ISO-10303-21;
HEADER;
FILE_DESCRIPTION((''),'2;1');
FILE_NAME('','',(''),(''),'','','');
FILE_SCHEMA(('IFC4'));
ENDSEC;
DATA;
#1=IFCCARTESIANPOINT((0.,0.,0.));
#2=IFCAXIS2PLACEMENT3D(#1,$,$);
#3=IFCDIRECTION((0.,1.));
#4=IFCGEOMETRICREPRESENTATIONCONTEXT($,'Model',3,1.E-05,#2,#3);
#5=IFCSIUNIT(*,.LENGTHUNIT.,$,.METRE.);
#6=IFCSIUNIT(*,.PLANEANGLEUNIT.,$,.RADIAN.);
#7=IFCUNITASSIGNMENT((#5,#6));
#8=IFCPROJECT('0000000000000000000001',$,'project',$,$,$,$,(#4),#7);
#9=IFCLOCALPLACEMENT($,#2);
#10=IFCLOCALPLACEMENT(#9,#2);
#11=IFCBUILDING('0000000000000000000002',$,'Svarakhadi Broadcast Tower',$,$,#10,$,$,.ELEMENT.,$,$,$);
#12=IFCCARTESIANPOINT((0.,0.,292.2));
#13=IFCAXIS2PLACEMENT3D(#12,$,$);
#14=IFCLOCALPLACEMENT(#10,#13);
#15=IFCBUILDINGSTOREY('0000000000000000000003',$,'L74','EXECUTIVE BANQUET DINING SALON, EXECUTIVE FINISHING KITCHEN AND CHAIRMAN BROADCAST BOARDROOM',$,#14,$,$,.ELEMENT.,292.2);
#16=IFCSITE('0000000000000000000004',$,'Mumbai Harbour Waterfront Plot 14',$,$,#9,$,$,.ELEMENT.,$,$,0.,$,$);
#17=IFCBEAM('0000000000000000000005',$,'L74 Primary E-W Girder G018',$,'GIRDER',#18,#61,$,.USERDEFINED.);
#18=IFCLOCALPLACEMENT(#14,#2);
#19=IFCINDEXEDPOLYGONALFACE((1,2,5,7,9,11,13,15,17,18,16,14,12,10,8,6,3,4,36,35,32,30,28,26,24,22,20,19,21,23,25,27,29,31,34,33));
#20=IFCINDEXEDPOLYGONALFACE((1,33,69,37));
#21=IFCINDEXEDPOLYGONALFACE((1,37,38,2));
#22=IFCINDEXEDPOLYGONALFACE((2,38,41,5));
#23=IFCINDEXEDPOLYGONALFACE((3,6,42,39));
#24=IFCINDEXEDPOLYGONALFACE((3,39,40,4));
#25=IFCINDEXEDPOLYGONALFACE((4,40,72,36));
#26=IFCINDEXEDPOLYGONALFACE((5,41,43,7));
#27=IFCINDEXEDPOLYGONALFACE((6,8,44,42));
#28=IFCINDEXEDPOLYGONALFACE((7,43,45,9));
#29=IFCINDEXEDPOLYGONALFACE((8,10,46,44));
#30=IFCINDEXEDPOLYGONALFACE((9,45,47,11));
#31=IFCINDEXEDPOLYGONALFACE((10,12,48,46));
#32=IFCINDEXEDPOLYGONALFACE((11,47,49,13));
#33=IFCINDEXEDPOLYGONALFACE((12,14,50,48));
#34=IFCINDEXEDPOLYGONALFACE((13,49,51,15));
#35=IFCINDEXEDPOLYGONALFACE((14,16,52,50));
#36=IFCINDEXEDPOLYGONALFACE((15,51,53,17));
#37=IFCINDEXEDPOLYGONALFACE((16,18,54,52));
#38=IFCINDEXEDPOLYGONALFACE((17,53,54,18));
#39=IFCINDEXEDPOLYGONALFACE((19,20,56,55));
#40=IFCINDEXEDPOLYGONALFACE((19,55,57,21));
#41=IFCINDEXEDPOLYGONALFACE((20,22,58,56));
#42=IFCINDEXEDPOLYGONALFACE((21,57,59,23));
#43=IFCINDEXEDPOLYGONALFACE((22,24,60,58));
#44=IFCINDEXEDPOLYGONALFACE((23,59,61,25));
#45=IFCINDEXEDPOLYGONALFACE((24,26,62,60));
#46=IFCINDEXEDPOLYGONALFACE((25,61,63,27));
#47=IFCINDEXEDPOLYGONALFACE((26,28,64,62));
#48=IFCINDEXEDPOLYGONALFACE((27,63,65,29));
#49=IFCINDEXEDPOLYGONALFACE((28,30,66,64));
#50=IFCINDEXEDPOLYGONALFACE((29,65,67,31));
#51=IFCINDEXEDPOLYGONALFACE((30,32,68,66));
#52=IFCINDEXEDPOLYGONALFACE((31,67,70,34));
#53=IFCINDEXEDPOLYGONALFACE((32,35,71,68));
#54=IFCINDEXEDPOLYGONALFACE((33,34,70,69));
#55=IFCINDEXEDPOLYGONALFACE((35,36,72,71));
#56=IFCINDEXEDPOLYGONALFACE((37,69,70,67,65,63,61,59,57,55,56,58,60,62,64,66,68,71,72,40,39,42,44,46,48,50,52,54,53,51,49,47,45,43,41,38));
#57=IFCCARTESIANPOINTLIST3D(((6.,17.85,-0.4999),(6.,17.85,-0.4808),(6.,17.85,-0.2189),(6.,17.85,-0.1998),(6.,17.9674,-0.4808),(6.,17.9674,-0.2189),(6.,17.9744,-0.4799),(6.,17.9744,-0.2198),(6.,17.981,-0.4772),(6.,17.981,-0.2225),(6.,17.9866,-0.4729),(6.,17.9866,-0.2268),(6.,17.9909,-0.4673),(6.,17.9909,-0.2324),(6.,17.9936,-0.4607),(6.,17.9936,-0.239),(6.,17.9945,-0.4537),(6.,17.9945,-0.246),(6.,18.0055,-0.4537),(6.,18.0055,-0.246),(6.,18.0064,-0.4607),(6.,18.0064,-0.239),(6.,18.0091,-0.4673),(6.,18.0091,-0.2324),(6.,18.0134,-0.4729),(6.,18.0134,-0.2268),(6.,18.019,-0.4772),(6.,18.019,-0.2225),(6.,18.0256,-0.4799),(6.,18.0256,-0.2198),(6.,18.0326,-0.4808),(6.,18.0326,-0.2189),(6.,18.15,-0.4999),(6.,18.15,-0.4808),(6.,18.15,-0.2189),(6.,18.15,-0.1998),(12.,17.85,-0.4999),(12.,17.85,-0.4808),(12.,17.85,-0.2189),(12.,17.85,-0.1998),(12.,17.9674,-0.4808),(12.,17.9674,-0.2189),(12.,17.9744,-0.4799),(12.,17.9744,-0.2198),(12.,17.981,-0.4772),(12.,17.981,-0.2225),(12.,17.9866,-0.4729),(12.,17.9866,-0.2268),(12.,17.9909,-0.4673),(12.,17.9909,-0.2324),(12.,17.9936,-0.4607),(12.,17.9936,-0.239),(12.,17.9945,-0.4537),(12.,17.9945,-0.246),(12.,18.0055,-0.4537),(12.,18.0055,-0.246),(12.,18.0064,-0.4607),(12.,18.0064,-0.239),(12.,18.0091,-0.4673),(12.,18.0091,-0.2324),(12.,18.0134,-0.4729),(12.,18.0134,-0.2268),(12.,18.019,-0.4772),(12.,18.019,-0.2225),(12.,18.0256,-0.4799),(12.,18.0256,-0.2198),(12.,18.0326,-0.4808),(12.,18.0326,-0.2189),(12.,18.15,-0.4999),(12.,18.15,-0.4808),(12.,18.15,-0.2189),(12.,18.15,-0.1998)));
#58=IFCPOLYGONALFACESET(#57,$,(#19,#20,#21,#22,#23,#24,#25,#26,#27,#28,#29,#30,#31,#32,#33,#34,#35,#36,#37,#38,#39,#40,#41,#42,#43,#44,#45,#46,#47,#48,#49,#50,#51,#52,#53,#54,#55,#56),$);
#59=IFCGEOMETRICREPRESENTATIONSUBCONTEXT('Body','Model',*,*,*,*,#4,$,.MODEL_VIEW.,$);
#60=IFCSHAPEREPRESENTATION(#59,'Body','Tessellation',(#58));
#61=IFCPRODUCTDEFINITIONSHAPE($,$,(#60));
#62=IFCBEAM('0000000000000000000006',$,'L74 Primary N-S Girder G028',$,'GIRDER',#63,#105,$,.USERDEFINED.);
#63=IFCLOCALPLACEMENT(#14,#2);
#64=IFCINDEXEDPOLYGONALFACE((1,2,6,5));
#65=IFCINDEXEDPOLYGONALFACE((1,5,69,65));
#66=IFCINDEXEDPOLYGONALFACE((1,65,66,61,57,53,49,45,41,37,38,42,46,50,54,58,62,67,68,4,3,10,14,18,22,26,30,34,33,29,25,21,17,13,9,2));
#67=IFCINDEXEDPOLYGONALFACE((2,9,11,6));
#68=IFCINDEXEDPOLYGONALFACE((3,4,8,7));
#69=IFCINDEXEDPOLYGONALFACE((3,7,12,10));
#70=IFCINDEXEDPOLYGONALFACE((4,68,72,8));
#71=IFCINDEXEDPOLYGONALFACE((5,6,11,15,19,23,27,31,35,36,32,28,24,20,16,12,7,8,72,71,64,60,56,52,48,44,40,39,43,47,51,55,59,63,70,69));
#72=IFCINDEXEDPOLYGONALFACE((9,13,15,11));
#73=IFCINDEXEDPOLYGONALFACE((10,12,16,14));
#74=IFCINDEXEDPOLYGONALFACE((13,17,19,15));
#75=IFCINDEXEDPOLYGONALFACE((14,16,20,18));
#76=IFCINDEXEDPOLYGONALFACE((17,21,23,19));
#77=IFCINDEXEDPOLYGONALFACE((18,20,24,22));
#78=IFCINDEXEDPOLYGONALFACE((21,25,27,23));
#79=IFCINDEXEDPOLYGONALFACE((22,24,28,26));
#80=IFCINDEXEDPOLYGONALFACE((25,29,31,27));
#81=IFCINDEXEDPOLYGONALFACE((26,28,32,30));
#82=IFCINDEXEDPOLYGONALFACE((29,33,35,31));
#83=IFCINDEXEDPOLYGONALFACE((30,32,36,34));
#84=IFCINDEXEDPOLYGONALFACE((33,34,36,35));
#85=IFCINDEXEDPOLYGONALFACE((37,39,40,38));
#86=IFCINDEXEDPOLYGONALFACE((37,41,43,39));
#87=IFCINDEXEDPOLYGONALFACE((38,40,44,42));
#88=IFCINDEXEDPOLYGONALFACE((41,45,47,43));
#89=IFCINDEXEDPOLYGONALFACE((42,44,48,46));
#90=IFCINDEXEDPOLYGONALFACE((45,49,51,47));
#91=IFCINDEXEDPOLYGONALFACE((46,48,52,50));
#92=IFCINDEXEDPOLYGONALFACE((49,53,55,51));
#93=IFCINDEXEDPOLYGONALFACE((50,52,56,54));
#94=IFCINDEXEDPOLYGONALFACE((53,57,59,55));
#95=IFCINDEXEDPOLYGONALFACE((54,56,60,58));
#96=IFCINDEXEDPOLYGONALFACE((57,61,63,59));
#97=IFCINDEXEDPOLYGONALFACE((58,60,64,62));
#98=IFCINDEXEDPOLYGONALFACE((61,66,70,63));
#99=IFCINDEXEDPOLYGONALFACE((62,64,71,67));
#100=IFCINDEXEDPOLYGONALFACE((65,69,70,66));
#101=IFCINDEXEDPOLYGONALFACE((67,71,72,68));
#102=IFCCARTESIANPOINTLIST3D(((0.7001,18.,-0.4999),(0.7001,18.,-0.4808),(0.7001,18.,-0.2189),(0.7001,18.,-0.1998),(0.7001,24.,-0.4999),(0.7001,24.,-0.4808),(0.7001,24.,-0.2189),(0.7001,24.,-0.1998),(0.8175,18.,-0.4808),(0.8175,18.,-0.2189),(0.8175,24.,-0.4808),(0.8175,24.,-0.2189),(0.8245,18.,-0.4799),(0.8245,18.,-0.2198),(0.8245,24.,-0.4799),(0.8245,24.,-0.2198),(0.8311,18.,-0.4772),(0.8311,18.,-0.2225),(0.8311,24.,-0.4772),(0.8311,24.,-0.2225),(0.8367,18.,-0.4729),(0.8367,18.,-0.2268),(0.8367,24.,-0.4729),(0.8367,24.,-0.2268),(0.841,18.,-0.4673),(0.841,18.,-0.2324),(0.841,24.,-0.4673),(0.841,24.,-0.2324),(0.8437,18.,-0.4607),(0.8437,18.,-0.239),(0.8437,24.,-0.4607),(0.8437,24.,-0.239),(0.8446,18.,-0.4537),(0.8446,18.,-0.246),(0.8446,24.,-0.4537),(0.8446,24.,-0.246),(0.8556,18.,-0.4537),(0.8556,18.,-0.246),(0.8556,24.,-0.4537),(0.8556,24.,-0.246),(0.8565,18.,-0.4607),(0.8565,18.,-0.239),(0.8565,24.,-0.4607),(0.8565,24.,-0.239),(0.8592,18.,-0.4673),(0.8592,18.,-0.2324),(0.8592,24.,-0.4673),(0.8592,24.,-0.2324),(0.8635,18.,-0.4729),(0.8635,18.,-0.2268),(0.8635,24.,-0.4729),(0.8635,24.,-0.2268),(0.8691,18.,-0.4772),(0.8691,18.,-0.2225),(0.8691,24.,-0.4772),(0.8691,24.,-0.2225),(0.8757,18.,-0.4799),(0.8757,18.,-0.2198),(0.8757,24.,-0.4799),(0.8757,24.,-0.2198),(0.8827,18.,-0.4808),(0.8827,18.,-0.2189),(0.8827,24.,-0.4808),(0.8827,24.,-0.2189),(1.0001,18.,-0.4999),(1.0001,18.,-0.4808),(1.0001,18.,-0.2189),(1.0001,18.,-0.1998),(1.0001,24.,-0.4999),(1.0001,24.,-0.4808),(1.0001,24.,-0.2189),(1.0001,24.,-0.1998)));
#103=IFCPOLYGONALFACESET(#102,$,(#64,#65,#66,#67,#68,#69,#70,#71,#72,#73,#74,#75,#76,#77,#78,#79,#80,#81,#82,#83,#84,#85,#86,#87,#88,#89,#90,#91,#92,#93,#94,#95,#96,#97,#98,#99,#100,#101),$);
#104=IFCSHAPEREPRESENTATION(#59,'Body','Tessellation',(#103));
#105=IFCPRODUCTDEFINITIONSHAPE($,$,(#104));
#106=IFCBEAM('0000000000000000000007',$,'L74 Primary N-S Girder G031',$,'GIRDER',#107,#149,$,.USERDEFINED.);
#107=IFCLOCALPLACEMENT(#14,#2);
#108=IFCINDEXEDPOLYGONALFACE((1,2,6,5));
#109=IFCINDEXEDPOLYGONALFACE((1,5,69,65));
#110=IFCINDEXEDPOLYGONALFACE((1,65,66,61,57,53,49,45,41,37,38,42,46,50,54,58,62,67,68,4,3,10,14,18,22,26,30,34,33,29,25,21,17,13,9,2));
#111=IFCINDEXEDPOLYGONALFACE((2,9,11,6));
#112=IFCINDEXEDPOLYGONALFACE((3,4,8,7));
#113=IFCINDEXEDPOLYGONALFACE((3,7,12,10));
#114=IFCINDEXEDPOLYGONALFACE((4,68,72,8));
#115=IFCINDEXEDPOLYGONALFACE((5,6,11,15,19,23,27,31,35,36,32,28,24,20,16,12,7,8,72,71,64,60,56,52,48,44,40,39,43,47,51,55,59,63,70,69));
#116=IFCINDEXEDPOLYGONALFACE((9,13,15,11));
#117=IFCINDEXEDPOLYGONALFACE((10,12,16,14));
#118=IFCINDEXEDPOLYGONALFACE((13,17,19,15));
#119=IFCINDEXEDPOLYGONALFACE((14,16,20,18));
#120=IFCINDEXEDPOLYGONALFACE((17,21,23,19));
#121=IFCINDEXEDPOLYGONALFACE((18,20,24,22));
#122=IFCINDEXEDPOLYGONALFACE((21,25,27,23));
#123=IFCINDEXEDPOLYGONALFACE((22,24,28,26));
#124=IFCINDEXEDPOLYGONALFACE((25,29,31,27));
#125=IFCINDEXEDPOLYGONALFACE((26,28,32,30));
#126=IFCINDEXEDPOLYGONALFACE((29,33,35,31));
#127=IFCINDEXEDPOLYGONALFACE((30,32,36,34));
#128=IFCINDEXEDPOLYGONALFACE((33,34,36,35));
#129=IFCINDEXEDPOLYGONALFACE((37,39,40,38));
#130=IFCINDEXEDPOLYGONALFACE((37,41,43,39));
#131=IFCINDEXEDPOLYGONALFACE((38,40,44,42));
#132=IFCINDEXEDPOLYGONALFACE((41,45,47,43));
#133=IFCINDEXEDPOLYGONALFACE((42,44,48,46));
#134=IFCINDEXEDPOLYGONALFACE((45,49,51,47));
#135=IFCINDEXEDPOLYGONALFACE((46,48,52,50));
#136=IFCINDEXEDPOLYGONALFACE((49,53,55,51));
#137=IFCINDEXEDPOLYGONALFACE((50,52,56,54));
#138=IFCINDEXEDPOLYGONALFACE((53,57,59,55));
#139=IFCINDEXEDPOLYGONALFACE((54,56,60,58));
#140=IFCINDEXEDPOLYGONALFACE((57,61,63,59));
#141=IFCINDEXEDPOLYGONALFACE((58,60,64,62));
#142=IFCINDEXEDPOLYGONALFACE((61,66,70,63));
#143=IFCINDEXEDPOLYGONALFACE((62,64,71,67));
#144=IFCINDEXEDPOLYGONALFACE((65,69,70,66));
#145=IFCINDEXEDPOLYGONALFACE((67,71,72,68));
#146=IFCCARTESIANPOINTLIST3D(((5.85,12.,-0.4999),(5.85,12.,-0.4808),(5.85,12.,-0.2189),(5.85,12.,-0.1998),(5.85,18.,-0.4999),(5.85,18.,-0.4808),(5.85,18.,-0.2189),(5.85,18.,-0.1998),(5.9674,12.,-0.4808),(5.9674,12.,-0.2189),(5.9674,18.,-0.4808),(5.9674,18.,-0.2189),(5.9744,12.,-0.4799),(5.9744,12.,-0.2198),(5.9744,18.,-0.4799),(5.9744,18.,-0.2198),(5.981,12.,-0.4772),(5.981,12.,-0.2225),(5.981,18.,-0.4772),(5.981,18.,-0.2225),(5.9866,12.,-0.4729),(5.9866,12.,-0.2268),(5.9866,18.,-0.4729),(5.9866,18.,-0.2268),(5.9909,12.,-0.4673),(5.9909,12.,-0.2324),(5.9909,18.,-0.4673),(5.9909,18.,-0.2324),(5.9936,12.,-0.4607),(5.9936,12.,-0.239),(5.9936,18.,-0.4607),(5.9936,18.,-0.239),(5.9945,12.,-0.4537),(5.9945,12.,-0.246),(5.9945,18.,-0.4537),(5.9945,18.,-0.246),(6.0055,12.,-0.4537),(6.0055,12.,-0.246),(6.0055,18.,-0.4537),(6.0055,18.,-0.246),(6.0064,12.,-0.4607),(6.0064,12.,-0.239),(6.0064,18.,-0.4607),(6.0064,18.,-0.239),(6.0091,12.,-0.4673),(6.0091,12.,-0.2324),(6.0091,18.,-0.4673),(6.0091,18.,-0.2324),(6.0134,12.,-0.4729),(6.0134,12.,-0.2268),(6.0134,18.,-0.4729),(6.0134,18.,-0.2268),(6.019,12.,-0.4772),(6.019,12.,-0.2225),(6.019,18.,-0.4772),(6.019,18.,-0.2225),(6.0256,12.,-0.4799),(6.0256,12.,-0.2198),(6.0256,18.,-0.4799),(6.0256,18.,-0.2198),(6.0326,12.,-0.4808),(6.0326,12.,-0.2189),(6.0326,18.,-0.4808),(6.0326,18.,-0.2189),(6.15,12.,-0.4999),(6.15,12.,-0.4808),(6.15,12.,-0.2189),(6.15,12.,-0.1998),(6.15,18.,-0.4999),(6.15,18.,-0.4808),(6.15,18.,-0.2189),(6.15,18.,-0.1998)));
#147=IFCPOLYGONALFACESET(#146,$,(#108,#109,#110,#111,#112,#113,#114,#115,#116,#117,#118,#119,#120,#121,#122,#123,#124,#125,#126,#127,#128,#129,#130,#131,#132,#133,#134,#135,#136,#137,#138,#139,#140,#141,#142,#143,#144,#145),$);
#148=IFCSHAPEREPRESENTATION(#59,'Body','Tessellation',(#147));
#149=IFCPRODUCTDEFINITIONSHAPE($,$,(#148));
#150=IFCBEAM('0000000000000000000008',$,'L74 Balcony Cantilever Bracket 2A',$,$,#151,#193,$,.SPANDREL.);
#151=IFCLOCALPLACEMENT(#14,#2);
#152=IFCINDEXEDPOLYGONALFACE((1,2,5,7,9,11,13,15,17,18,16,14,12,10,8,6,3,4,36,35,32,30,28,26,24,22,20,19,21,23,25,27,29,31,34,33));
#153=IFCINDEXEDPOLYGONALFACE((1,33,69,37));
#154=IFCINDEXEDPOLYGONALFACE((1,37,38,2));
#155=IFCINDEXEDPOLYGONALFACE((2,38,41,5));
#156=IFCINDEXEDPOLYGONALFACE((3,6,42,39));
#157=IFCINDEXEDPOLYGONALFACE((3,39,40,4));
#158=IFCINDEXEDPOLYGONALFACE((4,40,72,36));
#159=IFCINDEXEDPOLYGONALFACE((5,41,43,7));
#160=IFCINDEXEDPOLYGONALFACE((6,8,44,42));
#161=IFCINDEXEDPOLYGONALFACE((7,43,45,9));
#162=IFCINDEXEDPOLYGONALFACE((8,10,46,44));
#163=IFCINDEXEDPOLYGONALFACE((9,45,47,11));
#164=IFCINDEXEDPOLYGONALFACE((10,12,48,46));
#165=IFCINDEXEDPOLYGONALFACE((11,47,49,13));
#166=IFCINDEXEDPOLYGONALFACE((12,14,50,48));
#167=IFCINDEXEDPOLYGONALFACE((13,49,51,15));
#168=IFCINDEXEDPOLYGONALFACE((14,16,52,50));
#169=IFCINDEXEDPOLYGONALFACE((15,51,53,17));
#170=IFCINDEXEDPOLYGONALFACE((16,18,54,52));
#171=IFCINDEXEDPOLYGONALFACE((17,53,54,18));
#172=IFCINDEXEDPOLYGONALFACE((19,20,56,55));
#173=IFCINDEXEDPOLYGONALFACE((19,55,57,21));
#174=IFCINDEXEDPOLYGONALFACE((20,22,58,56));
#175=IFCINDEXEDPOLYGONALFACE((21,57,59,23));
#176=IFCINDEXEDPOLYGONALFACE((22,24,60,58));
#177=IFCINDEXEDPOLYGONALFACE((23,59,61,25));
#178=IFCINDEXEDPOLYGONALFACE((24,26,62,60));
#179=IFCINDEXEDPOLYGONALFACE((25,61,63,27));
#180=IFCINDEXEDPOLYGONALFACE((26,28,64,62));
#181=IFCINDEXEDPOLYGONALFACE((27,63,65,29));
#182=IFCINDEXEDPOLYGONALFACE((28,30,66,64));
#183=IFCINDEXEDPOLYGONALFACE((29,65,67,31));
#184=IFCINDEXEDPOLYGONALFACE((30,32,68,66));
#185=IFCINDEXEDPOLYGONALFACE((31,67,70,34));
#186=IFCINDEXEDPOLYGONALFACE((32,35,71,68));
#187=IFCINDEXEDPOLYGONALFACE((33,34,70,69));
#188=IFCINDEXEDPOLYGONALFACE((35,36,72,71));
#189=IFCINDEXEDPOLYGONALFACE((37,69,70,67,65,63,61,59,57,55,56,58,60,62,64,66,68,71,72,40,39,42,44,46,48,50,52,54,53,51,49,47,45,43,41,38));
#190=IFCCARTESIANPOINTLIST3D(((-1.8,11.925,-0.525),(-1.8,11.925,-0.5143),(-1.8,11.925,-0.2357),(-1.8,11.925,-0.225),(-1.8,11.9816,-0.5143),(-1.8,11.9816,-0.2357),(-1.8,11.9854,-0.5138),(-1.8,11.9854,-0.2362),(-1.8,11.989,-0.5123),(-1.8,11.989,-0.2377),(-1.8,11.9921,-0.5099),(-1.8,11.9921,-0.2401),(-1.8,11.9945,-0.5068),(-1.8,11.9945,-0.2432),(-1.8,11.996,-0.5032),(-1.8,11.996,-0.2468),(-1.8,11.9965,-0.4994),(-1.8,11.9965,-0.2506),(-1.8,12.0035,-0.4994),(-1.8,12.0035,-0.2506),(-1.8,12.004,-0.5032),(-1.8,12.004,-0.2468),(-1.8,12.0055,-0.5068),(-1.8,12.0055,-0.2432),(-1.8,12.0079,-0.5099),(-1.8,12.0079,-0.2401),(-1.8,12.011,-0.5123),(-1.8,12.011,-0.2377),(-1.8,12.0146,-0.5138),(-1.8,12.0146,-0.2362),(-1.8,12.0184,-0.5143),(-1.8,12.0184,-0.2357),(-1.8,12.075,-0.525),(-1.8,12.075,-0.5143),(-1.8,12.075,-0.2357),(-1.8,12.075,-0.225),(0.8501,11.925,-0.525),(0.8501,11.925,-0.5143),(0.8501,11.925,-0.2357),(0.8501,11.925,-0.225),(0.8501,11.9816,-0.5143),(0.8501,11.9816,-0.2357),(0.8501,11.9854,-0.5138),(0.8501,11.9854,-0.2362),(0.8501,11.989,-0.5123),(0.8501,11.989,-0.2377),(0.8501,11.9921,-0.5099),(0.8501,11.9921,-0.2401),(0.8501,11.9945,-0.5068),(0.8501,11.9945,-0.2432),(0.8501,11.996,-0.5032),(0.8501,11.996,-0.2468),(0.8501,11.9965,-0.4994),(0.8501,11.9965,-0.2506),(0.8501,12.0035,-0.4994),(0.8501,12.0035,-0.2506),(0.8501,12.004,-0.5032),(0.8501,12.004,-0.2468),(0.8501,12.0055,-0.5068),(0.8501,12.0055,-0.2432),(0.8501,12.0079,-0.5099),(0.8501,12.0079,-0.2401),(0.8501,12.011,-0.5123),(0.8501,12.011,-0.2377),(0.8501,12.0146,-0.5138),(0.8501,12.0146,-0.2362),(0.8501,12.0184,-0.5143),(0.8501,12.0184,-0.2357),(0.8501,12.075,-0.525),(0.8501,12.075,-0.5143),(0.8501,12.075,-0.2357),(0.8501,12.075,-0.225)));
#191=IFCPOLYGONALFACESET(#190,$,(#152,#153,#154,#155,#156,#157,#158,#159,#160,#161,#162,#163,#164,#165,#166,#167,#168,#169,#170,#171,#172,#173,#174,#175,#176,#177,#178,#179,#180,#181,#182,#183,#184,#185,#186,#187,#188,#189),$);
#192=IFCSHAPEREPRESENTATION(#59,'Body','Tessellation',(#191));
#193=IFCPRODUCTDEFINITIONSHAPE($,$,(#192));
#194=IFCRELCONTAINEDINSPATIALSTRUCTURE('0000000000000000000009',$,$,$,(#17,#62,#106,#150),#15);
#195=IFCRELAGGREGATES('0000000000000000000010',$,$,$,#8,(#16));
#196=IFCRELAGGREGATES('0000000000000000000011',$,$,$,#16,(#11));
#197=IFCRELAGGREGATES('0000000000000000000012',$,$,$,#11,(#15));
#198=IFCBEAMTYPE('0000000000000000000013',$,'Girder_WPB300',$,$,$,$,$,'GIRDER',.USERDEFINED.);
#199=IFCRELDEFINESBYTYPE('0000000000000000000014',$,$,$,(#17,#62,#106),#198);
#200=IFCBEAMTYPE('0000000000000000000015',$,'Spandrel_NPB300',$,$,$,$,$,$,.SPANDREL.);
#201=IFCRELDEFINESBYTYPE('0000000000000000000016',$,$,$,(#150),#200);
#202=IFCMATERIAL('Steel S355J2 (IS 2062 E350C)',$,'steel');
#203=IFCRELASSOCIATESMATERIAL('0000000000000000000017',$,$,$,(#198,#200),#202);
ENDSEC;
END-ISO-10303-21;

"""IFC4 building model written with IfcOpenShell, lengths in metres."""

from ifc_helpers import new_model, si_unit, direction, frame, origin, origin_2d, place, context, subcontext, project, spatial, i_section, extrude, material, material_profile, profile_set, type_object, element, save


model = new_model("IFC4")

# Units and contexts
model_context = context("Model", 3, precision=1e-05, world=origin(), true_north=direction((0.0, 1.0)))
body_context = subcontext(model_context, "Body", "Model", "MODEL_VIEW")
ifc_project = project(units=[si_unit("LENGTHUNIT", "METRE"), si_unit("PLANEANGLEUNIT", "RADIAN")], contexts=[model_context])

# Site, building, storey
site_placement = place(None, origin())
site = spatial("IfcSite", under=ifc_project, at=site_placement, Name="Mumbai Harbour Waterfront Plot 14", CompositionType="ELEMENT", RefElevation=0.0)
building_placement = place(site_placement, origin())
building = spatial("IfcBuilding", under=site, at=building_placement, Name="Svarakhadi Broadcast Tower", CompositionType="ELEMENT")
storey_placement = place(building_placement, frame((0.0, 0.0, 292.2)))
storey = spatial("IfcBuildingStorey", under=building, at=storey_placement, Name="L74", Description="EXECUTIVE BANQUET DINING SALON, EXECUTIVE FINISHING KITCHEN AND CHAIRMAN BROADCAST BOARDROOM", CompositionType="ELEMENT", Elevation=292.2)

# Shared definitions
ifc_material_1 = material(Name="Steel S355J2 (IS 2062 E350C)", Category="steel")

# Beams
ifc_material_profile_1 = material_profile(ifc_material_1, i_section(OverallWidth=0.3, OverallDepth=0.3, WebThickness=0.011, FlangeThickness=0.019, FilletRadius=0.0271, at=origin_2d()), Name="WPB 300x300x117")
ifc_profile_set_1 = profile_set([ifc_material_profile_1], Name="Steel S355J2 (IS 2062 E350C)")
beam_type_1 = type_object("IfcBeamType", Name="Girder_WPB300", ElementType="GIRDER", PredefinedType="USERDEFINED", material=ifc_profile_set_1)
for number, where, z_axis, x_axis, name in (
    (1, (6.0, 18.0, -0.3499), (1.0, 0.0, 0.0), (0.0, 1.0, 0.0), "L74 Primary E-W Girder G018"),
    (2, (0.8501, 18.0, -0.3499), (0.0, 1.0, 0.0), (-1.0, 0.0, 0.0), "L74 Primary N-S Girder G028"),
    (3, (6.0, 12.0, -0.3499), (0.0, 1.0, 0.0), (-1.0, 0.0, 0.0), "L74 Primary N-S Girder G031"),
):
    element("IfcBeam", number, at=place(storey_placement, frame(where, z_axis=z_axis, x_axis=x_axis)), inside=storey, type_object=beam_type_1, Name=name, ObjectType="GIRDER", PredefinedType="USERDEFINED", context=body_context, shape_type="SweptSolid", body=[
        extrude(i_section(OverallWidth=0.3, OverallDepth=0.3, WebThickness=0.011, FlangeThickness=0.019, FilletRadius=0.0271, at=origin_2d()), origin(), (0.0, 0.0, 1.0), 6.0),
    ])
ifc_material_profile_2 = material_profile(ifc_material_1, i_section(OverallWidth=0.1499, OverallDepth=0.3, WebThickness=0.0071, FlangeThickness=0.0107, FilletRadius=0.0149, at=origin_2d()), Name="NPB 300x150x37")
ifc_profile_set_2 = profile_set([ifc_material_profile_2], Name="Steel S355J2 (IS 2062 E350C)")
beam_type_2 = type_object("IfcBeamType", Name="Spandrel_NPB300", PredefinedType="SPANDREL", material=ifc_profile_set_2)
for number, where, z_axis, x_axis, name in (
    (4, (0.8501, 12.0, -0.375), (-1.0, 0.0, 0.0), (0.0, -1.0, 0.0), "L74 Balcony Cantilever Bracket 2A"),
):
    element("IfcBeam", number, at=place(storey_placement, frame(where, z_axis=z_axis, x_axis=x_axis)), inside=storey, type_object=beam_type_2, Name=name, PredefinedType="SPANDREL", context=body_context, shape_type="SweptSolid", body=[
        extrude(i_section(OverallWidth=0.1499, OverallDepth=0.3, WebThickness=0.0071, FlangeThickness=0.0107, FilletRadius=0.0149, at=origin_2d()), origin(), (0.0, 0.0, 1.0), 2.6501),
    ])

save(model, "model.ifc")
